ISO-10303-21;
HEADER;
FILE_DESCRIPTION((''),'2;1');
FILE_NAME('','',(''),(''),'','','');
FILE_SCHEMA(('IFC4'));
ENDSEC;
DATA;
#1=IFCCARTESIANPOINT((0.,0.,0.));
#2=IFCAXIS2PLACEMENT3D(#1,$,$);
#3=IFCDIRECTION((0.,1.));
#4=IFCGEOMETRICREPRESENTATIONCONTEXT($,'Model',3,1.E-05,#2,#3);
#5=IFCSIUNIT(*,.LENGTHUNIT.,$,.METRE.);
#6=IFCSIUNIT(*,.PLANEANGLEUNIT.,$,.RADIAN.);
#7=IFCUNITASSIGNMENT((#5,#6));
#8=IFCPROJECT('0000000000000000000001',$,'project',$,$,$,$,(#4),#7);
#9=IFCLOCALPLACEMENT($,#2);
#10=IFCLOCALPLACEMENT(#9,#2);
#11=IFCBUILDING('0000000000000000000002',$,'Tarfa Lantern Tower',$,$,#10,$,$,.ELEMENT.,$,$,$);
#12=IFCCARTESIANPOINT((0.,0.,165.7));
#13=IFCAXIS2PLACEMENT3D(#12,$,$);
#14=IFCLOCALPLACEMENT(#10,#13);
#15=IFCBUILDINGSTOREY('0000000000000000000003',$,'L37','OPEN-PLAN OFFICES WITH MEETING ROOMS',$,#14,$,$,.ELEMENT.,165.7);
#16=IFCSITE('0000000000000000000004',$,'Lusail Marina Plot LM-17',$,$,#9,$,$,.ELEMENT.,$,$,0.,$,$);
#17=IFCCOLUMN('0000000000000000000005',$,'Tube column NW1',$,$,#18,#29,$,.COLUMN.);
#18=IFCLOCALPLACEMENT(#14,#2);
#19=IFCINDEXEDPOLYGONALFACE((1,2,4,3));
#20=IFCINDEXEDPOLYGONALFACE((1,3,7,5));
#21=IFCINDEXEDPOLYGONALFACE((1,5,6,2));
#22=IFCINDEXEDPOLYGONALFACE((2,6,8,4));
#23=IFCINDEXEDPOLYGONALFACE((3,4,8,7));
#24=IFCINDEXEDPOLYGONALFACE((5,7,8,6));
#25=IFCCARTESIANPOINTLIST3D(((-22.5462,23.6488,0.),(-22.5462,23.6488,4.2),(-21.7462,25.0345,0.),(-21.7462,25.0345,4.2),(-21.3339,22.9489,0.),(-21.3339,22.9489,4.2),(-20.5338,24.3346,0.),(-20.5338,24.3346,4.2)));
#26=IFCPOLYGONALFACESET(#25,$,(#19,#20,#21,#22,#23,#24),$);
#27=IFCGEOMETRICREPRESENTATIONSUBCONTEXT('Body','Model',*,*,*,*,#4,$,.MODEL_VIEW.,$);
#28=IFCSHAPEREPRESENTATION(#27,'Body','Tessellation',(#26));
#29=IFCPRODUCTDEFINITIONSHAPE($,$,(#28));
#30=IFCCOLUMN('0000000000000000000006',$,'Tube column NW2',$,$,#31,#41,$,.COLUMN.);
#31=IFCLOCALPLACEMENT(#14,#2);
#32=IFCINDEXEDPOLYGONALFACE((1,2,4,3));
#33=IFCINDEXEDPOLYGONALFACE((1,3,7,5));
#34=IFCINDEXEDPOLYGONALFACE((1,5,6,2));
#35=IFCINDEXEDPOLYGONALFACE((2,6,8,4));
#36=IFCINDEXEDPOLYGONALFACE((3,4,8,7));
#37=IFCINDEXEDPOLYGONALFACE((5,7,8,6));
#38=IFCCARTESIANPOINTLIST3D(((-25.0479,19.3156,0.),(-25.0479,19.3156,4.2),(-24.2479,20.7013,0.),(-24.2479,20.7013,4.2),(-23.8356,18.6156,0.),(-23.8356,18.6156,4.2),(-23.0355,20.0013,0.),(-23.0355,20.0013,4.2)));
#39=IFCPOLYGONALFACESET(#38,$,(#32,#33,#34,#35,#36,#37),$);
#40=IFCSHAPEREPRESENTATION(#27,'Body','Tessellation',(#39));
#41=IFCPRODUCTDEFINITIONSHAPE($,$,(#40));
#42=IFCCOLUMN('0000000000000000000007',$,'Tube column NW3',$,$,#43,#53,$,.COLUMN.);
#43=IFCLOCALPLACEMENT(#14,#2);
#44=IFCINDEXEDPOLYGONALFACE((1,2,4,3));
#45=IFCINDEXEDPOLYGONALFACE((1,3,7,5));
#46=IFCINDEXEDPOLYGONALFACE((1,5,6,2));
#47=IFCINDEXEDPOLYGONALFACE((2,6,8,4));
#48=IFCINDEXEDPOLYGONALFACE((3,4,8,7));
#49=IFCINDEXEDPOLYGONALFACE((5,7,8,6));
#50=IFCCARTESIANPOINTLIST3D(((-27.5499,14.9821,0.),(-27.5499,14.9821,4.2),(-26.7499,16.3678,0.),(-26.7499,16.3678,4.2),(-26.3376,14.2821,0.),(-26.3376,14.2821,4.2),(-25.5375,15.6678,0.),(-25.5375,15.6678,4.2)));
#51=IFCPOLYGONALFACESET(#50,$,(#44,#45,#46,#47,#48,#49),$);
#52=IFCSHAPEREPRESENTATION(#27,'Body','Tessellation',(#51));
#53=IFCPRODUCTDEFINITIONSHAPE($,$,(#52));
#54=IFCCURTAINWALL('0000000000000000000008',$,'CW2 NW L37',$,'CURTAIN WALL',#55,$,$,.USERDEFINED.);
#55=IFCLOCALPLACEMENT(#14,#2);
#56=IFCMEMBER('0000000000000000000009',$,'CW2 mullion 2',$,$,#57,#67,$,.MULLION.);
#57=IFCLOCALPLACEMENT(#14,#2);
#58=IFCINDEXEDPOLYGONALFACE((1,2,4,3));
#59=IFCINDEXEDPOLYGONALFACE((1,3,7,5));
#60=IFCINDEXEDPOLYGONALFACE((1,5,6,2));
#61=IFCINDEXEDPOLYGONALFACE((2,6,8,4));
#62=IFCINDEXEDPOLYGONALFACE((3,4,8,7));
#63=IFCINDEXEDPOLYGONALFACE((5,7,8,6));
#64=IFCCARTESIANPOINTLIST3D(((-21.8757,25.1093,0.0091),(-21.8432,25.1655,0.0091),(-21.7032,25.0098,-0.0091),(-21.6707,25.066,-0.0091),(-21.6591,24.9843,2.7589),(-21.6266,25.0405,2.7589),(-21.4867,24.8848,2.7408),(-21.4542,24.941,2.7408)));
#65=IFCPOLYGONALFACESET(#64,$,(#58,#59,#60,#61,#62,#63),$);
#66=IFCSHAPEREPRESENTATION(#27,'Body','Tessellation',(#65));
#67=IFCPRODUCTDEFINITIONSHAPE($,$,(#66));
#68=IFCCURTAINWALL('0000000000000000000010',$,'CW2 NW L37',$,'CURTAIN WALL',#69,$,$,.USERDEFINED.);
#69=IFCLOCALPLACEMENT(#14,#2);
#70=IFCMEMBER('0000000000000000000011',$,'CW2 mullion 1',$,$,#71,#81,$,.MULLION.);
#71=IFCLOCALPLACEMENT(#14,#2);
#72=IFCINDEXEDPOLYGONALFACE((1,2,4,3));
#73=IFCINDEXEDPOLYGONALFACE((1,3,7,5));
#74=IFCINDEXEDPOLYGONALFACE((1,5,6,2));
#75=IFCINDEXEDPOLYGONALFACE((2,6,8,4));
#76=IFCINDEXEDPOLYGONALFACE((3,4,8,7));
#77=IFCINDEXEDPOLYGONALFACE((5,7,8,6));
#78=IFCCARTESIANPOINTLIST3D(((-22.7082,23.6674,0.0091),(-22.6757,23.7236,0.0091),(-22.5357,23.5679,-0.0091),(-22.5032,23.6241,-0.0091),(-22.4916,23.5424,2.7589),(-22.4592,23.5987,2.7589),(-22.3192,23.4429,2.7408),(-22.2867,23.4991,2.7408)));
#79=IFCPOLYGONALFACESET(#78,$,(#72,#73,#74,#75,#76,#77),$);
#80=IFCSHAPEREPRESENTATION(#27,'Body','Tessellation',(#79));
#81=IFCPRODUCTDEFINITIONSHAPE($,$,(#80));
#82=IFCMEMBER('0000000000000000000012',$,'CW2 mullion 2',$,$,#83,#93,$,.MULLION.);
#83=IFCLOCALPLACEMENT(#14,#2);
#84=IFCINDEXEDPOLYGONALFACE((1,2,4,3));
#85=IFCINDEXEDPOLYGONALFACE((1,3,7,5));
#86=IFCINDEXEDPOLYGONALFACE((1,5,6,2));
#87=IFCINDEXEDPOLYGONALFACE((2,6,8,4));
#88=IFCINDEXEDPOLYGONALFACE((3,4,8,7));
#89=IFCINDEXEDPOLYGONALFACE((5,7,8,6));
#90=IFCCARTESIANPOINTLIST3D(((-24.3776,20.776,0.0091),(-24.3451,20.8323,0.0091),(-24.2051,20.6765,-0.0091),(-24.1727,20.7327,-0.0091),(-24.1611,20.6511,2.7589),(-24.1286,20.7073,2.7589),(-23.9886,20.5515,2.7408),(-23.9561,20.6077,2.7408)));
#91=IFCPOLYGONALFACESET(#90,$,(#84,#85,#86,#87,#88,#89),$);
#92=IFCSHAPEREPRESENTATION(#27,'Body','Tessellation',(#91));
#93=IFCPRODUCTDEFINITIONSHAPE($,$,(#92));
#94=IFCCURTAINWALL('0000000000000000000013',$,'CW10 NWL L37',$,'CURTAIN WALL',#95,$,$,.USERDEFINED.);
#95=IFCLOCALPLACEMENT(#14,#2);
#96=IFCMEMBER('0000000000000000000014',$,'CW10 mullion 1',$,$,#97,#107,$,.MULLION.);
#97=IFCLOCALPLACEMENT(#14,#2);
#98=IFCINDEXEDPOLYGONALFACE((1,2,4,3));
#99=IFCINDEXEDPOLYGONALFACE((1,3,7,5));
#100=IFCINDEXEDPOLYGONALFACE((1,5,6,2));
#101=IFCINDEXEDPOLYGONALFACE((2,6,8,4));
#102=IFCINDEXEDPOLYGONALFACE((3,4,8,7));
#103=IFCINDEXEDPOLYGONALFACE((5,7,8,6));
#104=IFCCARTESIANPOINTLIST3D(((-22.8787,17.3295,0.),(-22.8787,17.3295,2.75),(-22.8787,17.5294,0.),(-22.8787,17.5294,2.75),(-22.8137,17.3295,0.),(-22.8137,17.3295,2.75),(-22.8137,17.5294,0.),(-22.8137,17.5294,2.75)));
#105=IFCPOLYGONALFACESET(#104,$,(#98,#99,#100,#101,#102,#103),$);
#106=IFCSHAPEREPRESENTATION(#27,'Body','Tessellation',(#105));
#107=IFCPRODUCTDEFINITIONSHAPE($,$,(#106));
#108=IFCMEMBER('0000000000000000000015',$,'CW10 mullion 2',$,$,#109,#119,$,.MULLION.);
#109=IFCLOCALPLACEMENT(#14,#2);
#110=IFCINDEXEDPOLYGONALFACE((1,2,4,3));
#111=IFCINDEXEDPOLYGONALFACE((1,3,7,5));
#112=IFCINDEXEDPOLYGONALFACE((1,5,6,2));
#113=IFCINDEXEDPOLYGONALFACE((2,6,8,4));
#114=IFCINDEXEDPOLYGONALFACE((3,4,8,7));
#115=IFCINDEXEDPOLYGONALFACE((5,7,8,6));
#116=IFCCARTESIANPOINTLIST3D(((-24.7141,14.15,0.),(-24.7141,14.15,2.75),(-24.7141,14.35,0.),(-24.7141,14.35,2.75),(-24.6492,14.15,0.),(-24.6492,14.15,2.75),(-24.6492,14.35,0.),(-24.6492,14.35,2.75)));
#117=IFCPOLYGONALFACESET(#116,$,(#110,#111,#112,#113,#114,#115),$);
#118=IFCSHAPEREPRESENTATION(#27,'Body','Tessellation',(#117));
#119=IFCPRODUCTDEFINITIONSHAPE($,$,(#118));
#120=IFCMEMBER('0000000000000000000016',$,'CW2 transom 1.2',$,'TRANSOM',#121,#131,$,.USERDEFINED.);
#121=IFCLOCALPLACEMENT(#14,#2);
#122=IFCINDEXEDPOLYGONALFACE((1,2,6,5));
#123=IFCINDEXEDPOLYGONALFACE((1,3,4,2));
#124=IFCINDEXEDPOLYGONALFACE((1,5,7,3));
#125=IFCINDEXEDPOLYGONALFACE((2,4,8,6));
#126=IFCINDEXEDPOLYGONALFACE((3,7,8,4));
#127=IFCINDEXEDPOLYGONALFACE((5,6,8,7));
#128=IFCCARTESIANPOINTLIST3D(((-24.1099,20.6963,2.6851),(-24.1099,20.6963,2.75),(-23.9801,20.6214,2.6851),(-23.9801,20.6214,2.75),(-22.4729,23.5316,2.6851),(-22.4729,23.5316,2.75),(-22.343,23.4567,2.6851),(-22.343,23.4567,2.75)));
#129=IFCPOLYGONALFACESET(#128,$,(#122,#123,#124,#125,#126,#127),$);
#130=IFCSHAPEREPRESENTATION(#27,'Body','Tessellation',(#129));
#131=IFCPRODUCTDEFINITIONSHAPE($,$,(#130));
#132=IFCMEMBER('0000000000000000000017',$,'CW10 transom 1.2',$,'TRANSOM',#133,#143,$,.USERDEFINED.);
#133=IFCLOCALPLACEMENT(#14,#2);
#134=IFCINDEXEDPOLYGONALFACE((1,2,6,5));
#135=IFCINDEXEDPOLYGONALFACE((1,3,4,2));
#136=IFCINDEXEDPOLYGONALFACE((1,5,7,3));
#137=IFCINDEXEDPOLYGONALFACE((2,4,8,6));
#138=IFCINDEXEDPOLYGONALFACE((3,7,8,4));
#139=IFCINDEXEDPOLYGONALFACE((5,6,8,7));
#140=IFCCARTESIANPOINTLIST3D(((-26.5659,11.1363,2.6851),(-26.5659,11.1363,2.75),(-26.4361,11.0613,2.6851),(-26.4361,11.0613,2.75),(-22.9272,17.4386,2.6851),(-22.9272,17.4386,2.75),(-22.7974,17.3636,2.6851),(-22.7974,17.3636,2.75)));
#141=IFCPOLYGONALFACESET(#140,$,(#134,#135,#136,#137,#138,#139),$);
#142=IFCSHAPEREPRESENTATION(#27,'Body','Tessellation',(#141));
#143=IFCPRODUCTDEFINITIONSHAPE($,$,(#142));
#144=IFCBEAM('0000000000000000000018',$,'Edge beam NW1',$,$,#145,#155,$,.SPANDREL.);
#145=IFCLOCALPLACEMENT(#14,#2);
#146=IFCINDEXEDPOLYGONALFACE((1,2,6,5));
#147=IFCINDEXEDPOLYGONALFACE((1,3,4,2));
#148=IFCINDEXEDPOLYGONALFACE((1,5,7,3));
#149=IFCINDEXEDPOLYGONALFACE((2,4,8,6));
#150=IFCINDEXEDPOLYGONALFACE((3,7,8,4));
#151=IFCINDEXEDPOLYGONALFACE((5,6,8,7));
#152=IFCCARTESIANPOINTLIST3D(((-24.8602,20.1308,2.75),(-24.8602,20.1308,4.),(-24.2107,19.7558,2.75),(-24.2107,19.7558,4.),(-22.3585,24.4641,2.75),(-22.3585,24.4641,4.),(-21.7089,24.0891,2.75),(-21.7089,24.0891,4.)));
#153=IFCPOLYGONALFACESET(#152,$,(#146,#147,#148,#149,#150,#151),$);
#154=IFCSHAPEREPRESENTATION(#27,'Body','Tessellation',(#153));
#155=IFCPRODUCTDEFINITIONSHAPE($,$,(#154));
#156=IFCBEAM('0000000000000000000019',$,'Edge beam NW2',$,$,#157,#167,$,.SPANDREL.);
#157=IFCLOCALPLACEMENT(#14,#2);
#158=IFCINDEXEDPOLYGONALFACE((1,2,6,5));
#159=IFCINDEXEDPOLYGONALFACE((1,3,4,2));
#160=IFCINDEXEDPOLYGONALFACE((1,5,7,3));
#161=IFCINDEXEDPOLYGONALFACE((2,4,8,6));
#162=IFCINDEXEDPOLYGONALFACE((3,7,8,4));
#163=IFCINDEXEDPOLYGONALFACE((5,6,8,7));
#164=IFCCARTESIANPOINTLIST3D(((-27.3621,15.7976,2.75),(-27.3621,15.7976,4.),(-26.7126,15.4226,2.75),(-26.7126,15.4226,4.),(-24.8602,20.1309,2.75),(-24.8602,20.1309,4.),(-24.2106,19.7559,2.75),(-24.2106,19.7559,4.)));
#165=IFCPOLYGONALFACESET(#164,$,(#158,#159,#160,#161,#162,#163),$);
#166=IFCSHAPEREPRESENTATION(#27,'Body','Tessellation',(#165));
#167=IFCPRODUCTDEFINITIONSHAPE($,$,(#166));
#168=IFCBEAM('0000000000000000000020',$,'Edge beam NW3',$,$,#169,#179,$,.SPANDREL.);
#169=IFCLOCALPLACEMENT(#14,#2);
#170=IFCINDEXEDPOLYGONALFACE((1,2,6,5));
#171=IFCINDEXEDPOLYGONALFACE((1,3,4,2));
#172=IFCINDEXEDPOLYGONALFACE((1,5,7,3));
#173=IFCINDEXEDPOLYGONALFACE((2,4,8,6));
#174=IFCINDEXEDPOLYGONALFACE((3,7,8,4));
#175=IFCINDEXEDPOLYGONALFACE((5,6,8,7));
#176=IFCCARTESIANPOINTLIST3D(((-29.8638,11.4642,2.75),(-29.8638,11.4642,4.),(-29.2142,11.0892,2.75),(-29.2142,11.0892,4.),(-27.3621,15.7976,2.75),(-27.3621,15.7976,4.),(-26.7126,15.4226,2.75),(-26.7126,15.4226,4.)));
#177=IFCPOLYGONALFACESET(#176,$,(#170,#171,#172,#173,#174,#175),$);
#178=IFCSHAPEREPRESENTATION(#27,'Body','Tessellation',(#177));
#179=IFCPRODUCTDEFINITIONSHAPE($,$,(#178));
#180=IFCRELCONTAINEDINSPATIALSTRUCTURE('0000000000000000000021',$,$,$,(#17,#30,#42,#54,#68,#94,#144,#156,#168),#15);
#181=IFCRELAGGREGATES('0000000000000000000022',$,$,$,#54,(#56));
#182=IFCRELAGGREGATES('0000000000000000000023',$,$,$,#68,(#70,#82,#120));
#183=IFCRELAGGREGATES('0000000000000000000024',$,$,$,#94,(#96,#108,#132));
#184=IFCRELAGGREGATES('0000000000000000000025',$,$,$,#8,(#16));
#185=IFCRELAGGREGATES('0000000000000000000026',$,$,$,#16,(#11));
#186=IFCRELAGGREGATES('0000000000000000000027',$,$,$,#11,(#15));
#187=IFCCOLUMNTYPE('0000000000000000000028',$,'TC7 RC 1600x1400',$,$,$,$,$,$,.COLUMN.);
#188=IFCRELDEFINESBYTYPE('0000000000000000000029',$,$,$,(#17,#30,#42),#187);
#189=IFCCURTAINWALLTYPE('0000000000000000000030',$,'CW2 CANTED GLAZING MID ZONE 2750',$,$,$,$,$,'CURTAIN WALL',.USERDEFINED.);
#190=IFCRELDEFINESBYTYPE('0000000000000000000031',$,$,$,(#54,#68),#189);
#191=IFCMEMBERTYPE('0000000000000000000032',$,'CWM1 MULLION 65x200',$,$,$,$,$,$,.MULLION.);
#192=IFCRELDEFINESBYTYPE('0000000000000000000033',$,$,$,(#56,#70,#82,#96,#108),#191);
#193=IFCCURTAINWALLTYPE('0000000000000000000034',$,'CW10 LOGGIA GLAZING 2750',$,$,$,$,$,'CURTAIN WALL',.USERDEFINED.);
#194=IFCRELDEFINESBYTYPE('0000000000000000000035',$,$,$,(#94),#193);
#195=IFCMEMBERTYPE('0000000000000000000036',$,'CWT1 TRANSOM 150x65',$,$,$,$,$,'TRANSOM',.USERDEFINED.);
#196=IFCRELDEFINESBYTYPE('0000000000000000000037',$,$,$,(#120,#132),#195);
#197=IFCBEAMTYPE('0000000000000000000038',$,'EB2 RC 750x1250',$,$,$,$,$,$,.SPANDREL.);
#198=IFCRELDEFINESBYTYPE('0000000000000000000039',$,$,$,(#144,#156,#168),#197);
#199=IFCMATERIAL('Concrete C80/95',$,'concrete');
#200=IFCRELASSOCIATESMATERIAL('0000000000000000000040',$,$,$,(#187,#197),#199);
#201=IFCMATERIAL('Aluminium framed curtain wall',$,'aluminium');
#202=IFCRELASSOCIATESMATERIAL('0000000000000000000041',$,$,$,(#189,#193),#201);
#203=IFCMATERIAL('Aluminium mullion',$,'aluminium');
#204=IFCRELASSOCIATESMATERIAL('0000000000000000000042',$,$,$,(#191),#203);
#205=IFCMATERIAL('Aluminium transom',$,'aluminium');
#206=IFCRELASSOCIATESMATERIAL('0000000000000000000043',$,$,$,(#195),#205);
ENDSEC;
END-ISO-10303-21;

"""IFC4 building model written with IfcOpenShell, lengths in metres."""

from ifc_helpers import new_model, si_unit, direction, frame, origin, origin_2d, place, context, subcontext, project, spatial, rectangle, extrude, material, material_profile, profile_set, type_object, element, aggregate, save


model = new_model("IFC4")

# Units and contexts
model_context = context("Model", 3, precision=1e-05, world=origin(), true_north=direction((0.0, 1.0)))
body_context = subcontext(model_context, "Body", "Model", "MODEL_VIEW")
ifc_project = project(units=[si_unit("LENGTHUNIT", "METRE"), si_unit("PLANEANGLEUNIT", "RADIAN")], contexts=[model_context])

# Site, building, storey
site_placement = place(None, origin())
site = spatial("IfcSite", under=ifc_project, at=site_placement, Name="Lusail Marina Plot LM-17", CompositionType="ELEMENT", RefElevation=0.0)
building_placement = place(site_placement, origin())
building = spatial("IfcBuilding", under=site, at=building_placement, Name="Tarfa Lantern Tower", CompositionType="ELEMENT")
storey_placement = place(building_placement, frame((0.0, 0.0, 165.7)))
storey = spatial("IfcBuildingStorey", under=building, at=storey_placement, Name="L37", Description="OPEN-PLAN OFFICES WITH MEETING ROOMS", CompositionType="ELEMENT", Elevation=165.7)

# Columns
ifc_material_1 = material(Name="Concrete C80/95", Category="concrete")
ifc_material_profile_1 = material_profile(ifc_material_1, rectangle(XDim=1.6001, YDim=1.3999, at=origin_2d()), Name="RC 1600x1400")
ifc_profile_set_1 = profile_set([ifc_material_profile_1], Name="Concrete C80/95")
column_type = type_object("IfcColumnType", Name="TC7 RC 1600x1400", PredefinedType="COLUMN", material=ifc_profile_set_1)
for number, where, z_axis, x_axis, name in (
    (1, (-21.54, 23.9917, 0.0), (0.0, 0.0, 1.0), (-0.5, -0.866025, 0.0), "Tube column NW1"),
    (2, (-24.0417, 19.6584, 0.0), (0.0, 0.0, 1.0), (-0.5, -0.866025, 0.0), "Tube column NW2"),
    (3, (-26.5437, 15.325, 0.0), (0.0, 0.0, 1.0), (-0.5, -0.866025, 0.0), "Tube column NW3"),
):
    element("IfcColumn", number, at=place(storey_placement, frame(where, z_axis=z_axis, x_axis=x_axis)), inside=storey, type_object=column_type, Name=name, PredefinedType="COLUMN", context=body_context, shape_type="SweptSolid", body=[
        extrude(rectangle(XDim=1.6001, YDim=1.3999, at=origin_2d()), origin(), (0.0, 0.0, 1.0), 4.2),
    ])

# Curtain wall, member
ifc_material_2 = material(Name="Aluminium framed curtain wall", Category="aluminium")
curtain_wall_type_1 = type_object("IfcCurtainWallType", Name="CW2 CANTED GLAZING MID ZONE 2750", ElementType="CURTAIN WALL", PredefinedType="USERDEFINED", material=ifc_material_2)
curtain_wall_1_placement = place(storey_placement, origin())
curtain_wall_1 = element("IfcCurtainWall", 4, at=curtain_wall_1_placement, inside=storey, type_object=curtain_wall_type_1, Name="CW2 NW L37", ObjectType="CURTAIN WALL", PredefinedType="USERDEFINED")
ifc_material_3 = material(Name="Aluminium mullion", Category="aluminium")
ifc_material_profile_2 = material_profile(ifc_material_3, rectangle(XDim=0.0649, YDim=0.2, at=origin_2d()), Name="AL MULLION 65x200")
ifc_profile_set_2 = profile_set([ifc_material_profile_2], Name="Aluminium mullion")
member_type_1 = type_object("IfcMemberType", Name="CWM1 MULLION 65x200", PredefinedType="MULLION", material=ifc_profile_set_2)
member_1_placement = place(storey_placement, frame((-21.7732, 25.0876, 0.0), z_axis=(0.078423, -0.045268, 0.995892), x_axis=(0.49992, 0.866072, 0.0)))
member_1 = element("IfcMember", 5, at=member_1_placement, type_object=member_type_1, Name="CW2 mullion 2", PredefinedType="MULLION", context=body_context, shape_type="SweptSolid", body=[
    extrude(rectangle(XDim=0.0649, YDim=0.2, at=origin_2d()), origin(), (0.0, 0.0, 1.0), 2.7612),
])
aggregate(curtain_wall_1, [member_1])

# Curtain walls, members
curtain_wall_2_placement = place(storey_placement, origin())
curtain_wall_2 = element("IfcCurtainWall", 6, at=curtain_wall_2_placement, inside=storey, type_object=curtain_wall_type_1, Name="CW2 NW L37", ObjectType="CURTAIN WALL", PredefinedType="USERDEFINED")
member_2_placement = place(storey_placement, frame((-22.6057, 23.6458, 0.0), z_axis=(0.078423, -0.045268, 0.995892), x_axis=(0.49992, 0.866072, 0.0)))
member_2 = element("IfcMember", 7, at=member_2_placement, type_object=member_type_1, Name="CW2 mullion 1", PredefinedType="MULLION", context=body_context, shape_type="SweptSolid", body=[
    extrude(rectangle(XDim=0.0649, YDim=0.2, at=origin_2d()), origin(), (0.0, 0.0, 1.0), 2.7612),
])
member_3_placement = place(storey_placement, frame((-24.2751, 20.7544, 0.0), z_axis=(0.078423, -0.045268, 0.995892), x_axis=(0.49992, 0.866072, 0.0)))
member_3 = element("IfcMember", 8, at=member_3_placement, type_object=member_type_1, Name="CW2 mullion 2", PredefinedType="MULLION", context=body_context, shape_type="SweptSolid", body=[
    extrude(rectangle(XDim=0.0649, YDim=0.2, at=origin_2d()), origin(), (0.0, 0.0, 1.0), 2.7612),
])
curtain_wall_type_2 = type_object("IfcCurtainWallType", Name="CW10 LOGGIA GLAZING 2750", ElementType="CURTAIN WALL", PredefinedType="USERDEFINED", material=ifc_material_2)
curtain_wall_3_placement = place(storey_placement, origin())
curtain_wall_3 = element("IfcCurtainWall", 9, at=curtain_wall_3_placement, inside=storey, type_object=curtain_wall_type_2, Name="CW10 NWL L37", ObjectType="CURTAIN WALL", PredefinedType="USERDEFINED")
member_4_placement = place(storey_placement, frame((-22.8462, 17.4294, 0.0), z_axis=(0.0, 0.0, 1.0), x_axis=(1.0, 0.0, 0.0)))
member_4 = element("IfcMember", 10, at=member_4_placement, type_object=member_type_1, Name="CW10 mullion 1", PredefinedType="MULLION", context=body_context, shape_type="SweptSolid", body=[
    extrude(rectangle(XDim=0.0649, YDim=0.2, at=origin_2d()), origin(), (0.0, 0.0, 1.0), 2.75),
])
member_5_placement = place(storey_placement, frame((-24.6816, 14.25, 0.0), z_axis=(0.0, 0.0, 1.0), x_axis=(1.0, 0.0, 0.0)))
member_5 = element("IfcMember", 11, at=member_5_placement, type_object=member_type_1, Name="CW10 mullion 2", PredefinedType="MULLION", context=body_context, shape_type="SweptSolid", body=[
    extrude(rectangle(XDim=0.0649, YDim=0.2, at=origin_2d()), origin(), (0.0, 0.0, 1.0), 2.75),
])

# Members
ifc_material_4 = material(Name="Aluminium transom", Category="aluminium")
ifc_material_profile_3 = material_profile(ifc_material_4, rectangle(XDim=0.1499, YDim=0.0649, at=origin_2d()), Name="AL TRANSOM 150x65")
ifc_profile_set_3 = profile_set([ifc_material_profile_3], Name="Aluminium transom")
member_type_2 = type_object("IfcMemberType", Name="CWT1 TRANSOM 150x65", ElementType="TRANSOM", PredefinedType="USERDEFINED", material=ifc_profile_set_3)
member_6_placement = place(storey_placement, frame((-22.408, 23.4941, 2.7175), z_axis=(-0.500013, -0.866018, 0.0), x_axis=(0.866018, -0.500013, 0.0)))
member_6 = element("IfcMember", 12, at=member_6_placement, type_object=member_type_2, Name="CW2 transom 1.2", ObjectType="TRANSOM", PredefinedType="USERDEFINED", context=body_context, shape_type="SweptSolid", body=[
    extrude(rectangle(XDim=0.1499, YDim=0.0649, at=origin_2d()), origin(), (0.0, 0.0, 1.0), 3.2739),
])
member_7_placement = place(storey_placement, frame((-22.8623, 17.4011, 2.7175), z_axis=(-0.500007, -0.866021, 0.0), x_axis=(0.866021, -0.500007, 0.0)))
member_7 = element("IfcMember", 13, at=member_7_placement, type_object=member_type_2, Name="CW10 transom 1.2", ObjectType="TRANSOM", PredefinedType="USERDEFINED", context=body_context, shape_type="SweptSolid", body=[
    extrude(rectangle(XDim=0.1499, YDim=0.0649, at=origin_2d()), origin(), (0.0, 0.0, 1.0), 7.2773),
])

# Beams
ifc_material_profile_4 = material_profile(ifc_material_1, rectangle(XDim=0.75, YDim=1.25, at=origin_2d()), Name="RC 750x1250")
ifc_profile_set_4 = profile_set([ifc_material_profile_4], Name="Concrete C80/95")
beam_type_1 = type_object("IfcBeamType", Name="EB2 RC 750x1250", PredefinedType="SPANDREL", material=ifc_profile_set_4)
for number, where, z_axis, x_axis, name in (
    (14, (-22.0337, 24.2766, 3.375), (-0.499986, -0.866034, 0.0), (0.866034, -0.499986, 0.0), "Edge beam NW1"),
    (15, (-24.5354, 19.9434, 3.375), (-0.500022, -0.866013, 0.0), (0.866013, -0.500022, 0.0), "Edge beam NW2"),
    (16, (-27.0374, 15.6101, 3.375), (-0.499965, -0.866046, 0.0), (0.866046, -0.499965, 0.0), "Edge beam NW3"),
):
    element("IfcBeam", number, at=place(storey_placement, frame(where, z_axis=z_axis, x_axis=x_axis)), inside=storey, type_object=beam_type_1, Name=name, PredefinedType="SPANDREL", context=body_context, shape_type="SweptSolid", body=[
        extrude(rectangle(XDim=0.75, YDim=1.25, at=origin_2d()), origin(), (0.0, 0.0, 1.0), 5.0037),
    ])

aggregate(curtain_wall_2, [member_2, member_3, member_6])
aggregate(curtain_wall_3, [member_4, member_5, member_7])

save(model, "model.ifc")
